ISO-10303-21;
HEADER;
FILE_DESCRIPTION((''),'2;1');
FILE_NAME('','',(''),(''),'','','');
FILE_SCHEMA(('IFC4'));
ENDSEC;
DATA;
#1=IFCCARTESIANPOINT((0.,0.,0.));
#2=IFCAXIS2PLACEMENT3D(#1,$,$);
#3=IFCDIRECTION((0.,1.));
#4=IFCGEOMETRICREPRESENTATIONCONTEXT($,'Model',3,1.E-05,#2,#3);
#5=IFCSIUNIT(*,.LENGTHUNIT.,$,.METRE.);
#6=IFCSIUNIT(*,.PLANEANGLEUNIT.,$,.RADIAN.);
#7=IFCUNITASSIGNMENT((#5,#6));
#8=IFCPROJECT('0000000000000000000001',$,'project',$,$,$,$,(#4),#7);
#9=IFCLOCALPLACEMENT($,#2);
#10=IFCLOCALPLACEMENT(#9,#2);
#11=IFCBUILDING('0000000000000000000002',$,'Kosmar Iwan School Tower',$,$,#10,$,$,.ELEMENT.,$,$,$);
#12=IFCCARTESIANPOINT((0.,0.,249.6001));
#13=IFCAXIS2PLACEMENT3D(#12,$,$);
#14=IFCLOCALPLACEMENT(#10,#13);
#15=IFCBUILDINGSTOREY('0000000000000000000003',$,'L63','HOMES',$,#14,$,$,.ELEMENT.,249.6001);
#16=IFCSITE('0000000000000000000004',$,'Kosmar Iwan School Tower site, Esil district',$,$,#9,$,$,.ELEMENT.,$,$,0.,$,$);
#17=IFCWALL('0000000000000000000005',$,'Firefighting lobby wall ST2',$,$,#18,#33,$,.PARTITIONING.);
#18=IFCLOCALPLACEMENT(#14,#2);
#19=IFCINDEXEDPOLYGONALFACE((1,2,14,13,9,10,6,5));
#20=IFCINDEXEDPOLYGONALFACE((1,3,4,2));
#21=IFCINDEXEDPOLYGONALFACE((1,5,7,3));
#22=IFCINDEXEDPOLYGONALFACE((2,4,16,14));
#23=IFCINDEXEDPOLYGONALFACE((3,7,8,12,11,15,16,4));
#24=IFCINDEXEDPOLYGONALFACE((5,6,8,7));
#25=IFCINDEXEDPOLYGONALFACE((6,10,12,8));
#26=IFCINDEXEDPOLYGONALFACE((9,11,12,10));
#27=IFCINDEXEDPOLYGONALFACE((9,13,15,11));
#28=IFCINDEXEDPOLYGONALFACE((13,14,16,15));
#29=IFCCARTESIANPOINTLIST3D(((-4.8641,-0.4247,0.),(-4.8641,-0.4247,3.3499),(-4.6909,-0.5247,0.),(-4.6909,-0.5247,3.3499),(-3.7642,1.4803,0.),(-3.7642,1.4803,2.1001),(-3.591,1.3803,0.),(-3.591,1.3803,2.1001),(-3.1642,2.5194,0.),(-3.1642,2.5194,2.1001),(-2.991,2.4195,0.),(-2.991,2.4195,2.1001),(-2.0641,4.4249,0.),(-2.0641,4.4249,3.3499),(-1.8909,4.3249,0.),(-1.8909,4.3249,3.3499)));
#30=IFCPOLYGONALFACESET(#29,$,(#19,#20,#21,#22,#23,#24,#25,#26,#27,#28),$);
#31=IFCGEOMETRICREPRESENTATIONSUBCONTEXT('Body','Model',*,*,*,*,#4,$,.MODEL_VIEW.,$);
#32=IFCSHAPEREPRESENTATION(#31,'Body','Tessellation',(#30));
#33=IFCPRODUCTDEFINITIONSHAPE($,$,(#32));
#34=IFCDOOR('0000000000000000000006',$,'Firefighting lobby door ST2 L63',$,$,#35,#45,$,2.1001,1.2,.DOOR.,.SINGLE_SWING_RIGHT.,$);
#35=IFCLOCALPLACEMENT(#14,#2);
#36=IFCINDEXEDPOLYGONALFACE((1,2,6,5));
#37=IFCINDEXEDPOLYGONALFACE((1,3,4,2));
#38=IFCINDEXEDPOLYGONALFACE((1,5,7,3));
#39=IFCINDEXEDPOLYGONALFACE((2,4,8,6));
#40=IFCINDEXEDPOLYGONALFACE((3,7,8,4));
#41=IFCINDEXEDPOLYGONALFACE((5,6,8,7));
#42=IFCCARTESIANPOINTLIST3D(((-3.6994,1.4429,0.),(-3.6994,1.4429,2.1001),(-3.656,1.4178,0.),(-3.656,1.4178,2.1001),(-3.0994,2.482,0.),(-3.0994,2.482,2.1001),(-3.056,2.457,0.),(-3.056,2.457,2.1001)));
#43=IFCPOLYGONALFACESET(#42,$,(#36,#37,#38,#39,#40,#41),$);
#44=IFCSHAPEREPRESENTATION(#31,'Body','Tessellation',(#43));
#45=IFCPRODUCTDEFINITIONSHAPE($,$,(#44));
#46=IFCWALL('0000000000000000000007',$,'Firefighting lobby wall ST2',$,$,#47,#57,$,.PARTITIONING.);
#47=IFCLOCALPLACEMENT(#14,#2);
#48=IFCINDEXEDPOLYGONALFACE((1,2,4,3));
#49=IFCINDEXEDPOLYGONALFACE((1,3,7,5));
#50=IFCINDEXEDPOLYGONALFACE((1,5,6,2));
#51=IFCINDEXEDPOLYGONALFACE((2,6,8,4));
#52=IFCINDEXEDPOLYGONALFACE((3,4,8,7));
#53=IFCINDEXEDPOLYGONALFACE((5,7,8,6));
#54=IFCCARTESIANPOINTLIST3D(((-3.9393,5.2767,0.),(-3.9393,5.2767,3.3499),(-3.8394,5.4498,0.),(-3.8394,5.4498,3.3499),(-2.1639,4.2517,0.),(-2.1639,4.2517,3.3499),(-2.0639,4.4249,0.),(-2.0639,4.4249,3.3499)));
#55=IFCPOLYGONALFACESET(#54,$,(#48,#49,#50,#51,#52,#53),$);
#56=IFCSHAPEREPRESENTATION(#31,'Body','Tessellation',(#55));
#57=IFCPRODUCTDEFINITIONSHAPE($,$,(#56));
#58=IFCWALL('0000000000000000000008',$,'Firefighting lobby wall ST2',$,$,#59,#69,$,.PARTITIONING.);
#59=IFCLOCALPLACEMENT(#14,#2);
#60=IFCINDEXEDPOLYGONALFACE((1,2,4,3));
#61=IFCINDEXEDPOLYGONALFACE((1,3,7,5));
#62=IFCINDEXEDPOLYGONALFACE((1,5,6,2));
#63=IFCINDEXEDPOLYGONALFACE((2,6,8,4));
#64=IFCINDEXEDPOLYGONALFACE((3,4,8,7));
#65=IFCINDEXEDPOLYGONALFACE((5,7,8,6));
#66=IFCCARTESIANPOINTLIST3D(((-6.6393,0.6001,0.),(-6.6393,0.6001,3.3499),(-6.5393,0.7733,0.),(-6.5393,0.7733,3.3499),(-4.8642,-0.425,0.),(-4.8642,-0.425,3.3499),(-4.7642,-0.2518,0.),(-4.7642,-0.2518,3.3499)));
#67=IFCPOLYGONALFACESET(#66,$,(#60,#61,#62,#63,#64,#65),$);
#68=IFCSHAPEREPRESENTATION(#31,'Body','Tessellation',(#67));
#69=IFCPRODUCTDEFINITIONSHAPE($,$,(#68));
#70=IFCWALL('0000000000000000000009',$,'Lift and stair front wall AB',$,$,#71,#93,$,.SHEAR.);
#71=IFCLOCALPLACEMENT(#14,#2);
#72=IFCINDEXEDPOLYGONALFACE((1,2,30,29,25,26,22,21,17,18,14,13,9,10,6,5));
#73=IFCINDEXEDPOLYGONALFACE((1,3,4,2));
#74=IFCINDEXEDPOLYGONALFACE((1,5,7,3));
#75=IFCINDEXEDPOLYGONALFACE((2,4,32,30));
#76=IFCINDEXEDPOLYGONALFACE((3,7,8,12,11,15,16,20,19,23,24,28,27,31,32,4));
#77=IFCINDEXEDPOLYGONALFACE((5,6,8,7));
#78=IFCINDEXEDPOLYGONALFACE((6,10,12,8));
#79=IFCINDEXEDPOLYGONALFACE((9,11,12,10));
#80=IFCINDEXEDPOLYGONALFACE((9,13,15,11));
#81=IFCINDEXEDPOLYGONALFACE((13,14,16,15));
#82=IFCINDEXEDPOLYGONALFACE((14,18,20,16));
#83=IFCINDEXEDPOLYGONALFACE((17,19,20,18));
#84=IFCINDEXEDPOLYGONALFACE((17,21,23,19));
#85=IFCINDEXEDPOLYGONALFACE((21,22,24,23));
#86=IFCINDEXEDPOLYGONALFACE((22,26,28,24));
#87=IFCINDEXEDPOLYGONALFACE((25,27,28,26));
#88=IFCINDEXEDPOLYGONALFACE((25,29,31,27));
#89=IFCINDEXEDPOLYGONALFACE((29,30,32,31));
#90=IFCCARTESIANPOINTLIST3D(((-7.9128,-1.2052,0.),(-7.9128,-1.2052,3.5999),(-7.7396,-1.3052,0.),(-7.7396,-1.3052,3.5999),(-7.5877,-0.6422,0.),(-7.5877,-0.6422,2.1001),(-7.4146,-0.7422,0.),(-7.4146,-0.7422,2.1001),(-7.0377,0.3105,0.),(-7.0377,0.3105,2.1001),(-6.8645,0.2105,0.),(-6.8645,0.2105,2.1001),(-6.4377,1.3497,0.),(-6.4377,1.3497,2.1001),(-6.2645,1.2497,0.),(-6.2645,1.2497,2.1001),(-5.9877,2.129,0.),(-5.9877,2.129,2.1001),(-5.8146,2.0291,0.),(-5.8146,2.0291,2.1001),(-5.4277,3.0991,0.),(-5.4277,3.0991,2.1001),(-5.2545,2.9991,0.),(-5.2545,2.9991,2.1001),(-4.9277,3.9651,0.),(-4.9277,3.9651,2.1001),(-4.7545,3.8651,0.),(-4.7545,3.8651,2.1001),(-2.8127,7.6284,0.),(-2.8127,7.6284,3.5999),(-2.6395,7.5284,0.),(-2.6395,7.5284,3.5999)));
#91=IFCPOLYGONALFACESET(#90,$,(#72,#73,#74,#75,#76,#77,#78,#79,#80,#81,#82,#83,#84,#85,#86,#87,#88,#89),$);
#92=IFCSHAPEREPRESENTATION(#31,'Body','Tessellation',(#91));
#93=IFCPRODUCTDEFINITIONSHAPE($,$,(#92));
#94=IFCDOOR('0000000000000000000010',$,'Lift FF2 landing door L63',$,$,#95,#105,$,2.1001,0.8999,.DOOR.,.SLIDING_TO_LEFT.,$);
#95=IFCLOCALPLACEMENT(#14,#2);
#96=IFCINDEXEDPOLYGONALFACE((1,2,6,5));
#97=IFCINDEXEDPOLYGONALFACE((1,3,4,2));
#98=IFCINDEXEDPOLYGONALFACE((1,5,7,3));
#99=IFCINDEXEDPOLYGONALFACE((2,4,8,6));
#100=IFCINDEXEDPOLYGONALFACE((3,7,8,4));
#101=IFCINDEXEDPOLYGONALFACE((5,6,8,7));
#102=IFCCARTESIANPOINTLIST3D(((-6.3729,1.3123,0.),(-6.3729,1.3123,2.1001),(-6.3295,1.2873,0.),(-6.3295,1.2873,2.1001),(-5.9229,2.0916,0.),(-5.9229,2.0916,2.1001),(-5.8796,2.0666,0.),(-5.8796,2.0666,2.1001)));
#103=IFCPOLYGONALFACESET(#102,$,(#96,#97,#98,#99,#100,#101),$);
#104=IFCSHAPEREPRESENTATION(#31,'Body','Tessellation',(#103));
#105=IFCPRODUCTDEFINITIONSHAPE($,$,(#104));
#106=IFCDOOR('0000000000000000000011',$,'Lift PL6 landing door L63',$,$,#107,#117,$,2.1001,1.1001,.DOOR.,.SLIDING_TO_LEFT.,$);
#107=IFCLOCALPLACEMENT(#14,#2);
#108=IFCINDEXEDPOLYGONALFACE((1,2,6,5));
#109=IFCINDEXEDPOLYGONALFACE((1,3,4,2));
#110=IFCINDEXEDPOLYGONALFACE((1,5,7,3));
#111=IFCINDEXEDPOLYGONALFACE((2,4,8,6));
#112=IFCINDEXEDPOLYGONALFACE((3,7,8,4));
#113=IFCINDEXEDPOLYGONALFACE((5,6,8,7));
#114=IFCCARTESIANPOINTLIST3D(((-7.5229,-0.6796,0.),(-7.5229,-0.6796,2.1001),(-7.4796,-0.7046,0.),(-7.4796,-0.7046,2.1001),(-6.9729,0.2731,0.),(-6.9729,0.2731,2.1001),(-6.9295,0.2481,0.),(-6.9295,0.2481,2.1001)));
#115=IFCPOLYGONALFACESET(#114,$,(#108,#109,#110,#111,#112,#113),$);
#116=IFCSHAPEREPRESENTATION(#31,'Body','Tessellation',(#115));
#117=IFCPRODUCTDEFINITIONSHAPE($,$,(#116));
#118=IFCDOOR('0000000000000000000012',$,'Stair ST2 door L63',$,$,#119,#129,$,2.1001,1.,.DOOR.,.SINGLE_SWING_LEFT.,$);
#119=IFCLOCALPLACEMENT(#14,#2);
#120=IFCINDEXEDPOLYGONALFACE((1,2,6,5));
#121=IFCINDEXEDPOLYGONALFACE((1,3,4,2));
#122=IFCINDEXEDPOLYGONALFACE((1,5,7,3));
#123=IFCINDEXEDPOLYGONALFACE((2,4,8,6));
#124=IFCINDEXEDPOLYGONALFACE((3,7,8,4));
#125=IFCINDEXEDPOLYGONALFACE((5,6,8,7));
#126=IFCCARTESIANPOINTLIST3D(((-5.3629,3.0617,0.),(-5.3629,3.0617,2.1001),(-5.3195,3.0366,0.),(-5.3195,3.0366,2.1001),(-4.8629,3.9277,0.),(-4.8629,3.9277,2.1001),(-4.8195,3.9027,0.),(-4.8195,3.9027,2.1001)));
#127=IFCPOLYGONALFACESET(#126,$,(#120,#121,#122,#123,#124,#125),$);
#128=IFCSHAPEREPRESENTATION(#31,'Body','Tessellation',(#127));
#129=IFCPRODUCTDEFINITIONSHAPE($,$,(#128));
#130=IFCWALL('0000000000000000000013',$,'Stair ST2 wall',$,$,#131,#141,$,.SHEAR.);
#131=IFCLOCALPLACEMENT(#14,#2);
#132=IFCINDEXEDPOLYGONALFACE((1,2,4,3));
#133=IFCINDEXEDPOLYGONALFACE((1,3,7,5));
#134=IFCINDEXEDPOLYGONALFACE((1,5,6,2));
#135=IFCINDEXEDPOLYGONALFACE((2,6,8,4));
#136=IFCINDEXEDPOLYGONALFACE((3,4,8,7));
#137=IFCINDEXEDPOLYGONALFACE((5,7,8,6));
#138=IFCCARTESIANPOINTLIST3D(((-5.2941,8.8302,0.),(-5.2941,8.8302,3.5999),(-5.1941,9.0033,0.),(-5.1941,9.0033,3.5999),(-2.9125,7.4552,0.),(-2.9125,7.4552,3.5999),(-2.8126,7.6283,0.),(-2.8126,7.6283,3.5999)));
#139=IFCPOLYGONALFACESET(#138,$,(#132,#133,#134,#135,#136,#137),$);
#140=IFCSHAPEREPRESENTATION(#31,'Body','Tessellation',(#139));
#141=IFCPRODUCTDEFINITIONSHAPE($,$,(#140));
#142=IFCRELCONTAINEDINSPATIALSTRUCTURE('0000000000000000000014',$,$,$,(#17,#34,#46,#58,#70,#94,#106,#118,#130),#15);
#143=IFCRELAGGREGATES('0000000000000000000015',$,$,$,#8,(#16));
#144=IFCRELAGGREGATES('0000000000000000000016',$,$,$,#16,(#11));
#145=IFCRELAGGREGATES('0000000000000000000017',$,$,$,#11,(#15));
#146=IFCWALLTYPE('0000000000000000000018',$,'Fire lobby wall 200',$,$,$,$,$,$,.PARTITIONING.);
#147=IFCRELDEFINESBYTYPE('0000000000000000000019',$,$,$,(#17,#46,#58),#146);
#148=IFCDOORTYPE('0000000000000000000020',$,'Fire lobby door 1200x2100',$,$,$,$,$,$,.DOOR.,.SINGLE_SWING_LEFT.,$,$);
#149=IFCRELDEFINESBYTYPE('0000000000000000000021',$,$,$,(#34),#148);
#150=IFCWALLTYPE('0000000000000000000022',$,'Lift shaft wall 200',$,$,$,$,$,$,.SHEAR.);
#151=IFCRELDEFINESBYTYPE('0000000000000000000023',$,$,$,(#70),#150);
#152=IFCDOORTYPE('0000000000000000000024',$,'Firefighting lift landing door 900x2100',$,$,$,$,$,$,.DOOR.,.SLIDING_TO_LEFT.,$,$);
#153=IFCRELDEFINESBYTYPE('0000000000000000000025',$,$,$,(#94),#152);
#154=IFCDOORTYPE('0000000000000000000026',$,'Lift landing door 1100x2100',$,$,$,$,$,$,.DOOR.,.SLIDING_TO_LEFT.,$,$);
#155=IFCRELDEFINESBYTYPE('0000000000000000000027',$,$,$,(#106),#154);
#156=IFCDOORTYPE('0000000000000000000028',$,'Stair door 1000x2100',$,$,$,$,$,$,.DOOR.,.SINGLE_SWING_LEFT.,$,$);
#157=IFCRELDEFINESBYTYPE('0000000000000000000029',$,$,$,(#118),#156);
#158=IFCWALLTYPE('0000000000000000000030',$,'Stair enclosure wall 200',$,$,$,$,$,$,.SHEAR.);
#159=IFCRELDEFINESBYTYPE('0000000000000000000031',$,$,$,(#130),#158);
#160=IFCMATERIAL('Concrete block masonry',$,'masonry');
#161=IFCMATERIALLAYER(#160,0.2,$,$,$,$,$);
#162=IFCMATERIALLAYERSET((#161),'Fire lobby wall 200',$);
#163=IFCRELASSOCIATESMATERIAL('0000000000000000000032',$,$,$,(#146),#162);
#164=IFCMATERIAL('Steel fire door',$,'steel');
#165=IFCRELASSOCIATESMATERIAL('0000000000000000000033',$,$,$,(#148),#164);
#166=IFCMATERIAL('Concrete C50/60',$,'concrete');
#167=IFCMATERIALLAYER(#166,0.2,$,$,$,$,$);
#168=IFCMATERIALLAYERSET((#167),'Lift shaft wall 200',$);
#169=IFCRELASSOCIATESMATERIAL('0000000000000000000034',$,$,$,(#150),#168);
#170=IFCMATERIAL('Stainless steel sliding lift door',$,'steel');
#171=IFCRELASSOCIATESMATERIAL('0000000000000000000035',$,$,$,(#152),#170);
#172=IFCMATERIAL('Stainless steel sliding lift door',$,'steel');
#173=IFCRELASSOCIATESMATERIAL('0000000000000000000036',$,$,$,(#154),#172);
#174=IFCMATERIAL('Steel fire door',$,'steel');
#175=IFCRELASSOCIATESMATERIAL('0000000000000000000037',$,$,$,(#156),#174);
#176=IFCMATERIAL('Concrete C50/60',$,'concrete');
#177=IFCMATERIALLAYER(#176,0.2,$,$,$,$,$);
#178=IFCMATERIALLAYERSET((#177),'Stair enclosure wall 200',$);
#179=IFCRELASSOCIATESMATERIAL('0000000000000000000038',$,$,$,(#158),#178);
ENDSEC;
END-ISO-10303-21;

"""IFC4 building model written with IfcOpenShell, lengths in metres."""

from ifc_helpers import new_model, si_unit, direction, frame, frame_2d, origin, place, context, subcontext, project, spatial, rectangle, extrude, material, layer, layer_set, type_object, element, fill, save


model = new_model("IFC4")

# Units and contexts
model_context = context("Model", 3, precision=1e-05, world=origin(), true_north=direction((0.0, 1.0)))
body_context = subcontext(model_context, "Body", "Model", "MODEL_VIEW")
ifc_project = project(units=[si_unit("LENGTHUNIT", "METRE"), si_unit("PLANEANGLEUNIT", "RADIAN")], contexts=[model_context])

# Site, building, storey
site_placement = place(None, origin())
site = spatial("IfcSite", under=ifc_project, at=site_placement, Name="Kosmar Iwan School Tower site, Esil district", CompositionType="ELEMENT", RefElevation=0.0)
building_placement = place(site_placement, origin())
building = spatial("IfcBuilding", under=site, at=building_placement, Name="Kosmar Iwan School Tower", CompositionType="ELEMENT")
storey_placement = place(building_placement, frame((0.0, 0.0, 249.6001)))
storey = spatial("IfcBuildingStorey", under=building, at=storey_placement, Name="L63", Description="HOMES", CompositionType="ELEMENT", Elevation=249.6001)

# Wall, opening, door
ifc_material_1 = material(Name="Concrete block masonry", Category="masonry")
ifc_layer_1 = layer(ifc_material_1, 0.2)
ifc_layer_set_1 = layer_set([ifc_layer_1], Name="Fire lobby wall 200")
wall_type_1 = type_object("IfcWallType", Name="Fire lobby wall 200", PredefinedType="PARTITIONING", material=ifc_layer_set_1)
wall_1_placement = place(storey_placement, frame((-1.9775, 4.3748, 0.0), z_axis=(0.0, 0.0, 1.0), x_axis=(-0.500017, -0.866016, 0.0)))
wall_1 = element("IfcWall", 1, at=wall_1_placement, inside=storey, type_object=wall_type_1, Name="Firefighting lobby wall ST2", PredefinedType="PARTITIONING", context=body_context, shape_type="SweptSolid", body=[
    extrude(rectangle(XDim=5.5999, YDim=0.2, at=frame_2d((2.7998, 0.0))), origin(), (0.0, 0.0, 1.0), 3.3499),
])
opening_1_placement = place(wall_1_placement, frame((2.2, 0.0, 0.0)))
opening_1 = element("IfcOpeningElement", 2, at=opening_1_placement, cuts=wall_1, PredefinedType="OPENING", context=body_context, shape_type="SweptSolid", body=[
    extrude(rectangle(XDim=1.2, YDim=2.1001, at=frame_2d((0.6001, 1.05))), frame((0.0, 0.1121, 0.0), z_axis=(0.0, -1.0, 0.0), x_axis=(1.0, 0.0, 0.0)), (0.0, 0.0, 1.0), 0.2239),
])
ifc_material_2 = material(Name="Steel fire door", Category="steel")
door_type_1 = type_object("IfcDoorType", Name="Fire lobby door 1200x2100", OperationType="SINGLE_SWING_LEFT", PredefinedType="DOOR", material=ifc_material_2)
door_1_placement = place(opening_1_placement, origin())
door_1 = element("IfcDoor", 3, at=door_1_placement, inside=storey, type_object=door_type_1, Name="Firefighting lobby door ST2 L63", OperationType="SINGLE_SWING_RIGHT", OverallHeight=2.1001, OverallWidth=1.2, PredefinedType="DOOR", context=body_context, shape_type="SweptSolid", body=[
    extrude(rectangle(XDim=1.2, YDim=2.1001, at=frame_2d((0.6001, 1.05))), frame((0.0, 0.0249, 0.0), z_axis=(0.0, -1.0, 0.0), x_axis=(1.0, 0.0, 0.0)), (0.0, 0.0, 1.0), 0.05),
])
fill(opening_1, door_1)

# Walls
wall_2_placement = place(storey_placement, frame((-2.114, 4.3384, 0.0), z_axis=(0.0, 0.0, 1.0), x_axis=(-0.866051, 0.499956, 0.0)))
element("IfcWall", 4, at=wall_2_placement, inside=storey, type_object=wall_type_1, Name="Firefighting lobby wall ST2", PredefinedType="PARTITIONING", context=body_context, shape_type="SweptSolid", body=[
    extrude(rectangle(XDim=2.05, YDim=0.2, at=frame_2d((1.0249, 0.0))), origin(), (0.0, 0.0, 1.0), 3.3499),
])
wall_3_placement = place(storey_placement, frame((-4.8142, -0.3384, 0.0), z_axis=(0.0, 0.0, 1.0), x_axis=(-0.865969, 0.500097, 0.0)))
element("IfcWall", 5, at=wall_3_placement, inside=storey, type_object=wall_type_1, Name="Firefighting lobby wall ST2", PredefinedType="PARTITIONING", context=body_context, shape_type="SweptSolid", body=[
    extrude(rectangle(XDim=2.0498, YDim=0.2, at=frame_2d((1.0249, 0.0))), origin(), (0.0, 0.0, 1.0), 3.3499),
])

# Wall, openings, doors
ifc_material_3 = material(Name="Concrete C50/60", Category="concrete")
ifc_layer_2 = layer(ifc_material_3, 0.2)
ifc_layer_set_2 = layer_set([ifc_layer_2], Name="Lift shaft wall 200")
wall_type_2 = type_object("IfcWallType", Name="Lift shaft wall 200", PredefinedType="SHEAR", material=ifc_layer_set_2)
wall_4_placement = place(storey_placement, frame((-2.7261, 7.5784, 0.0), z_axis=(0.0, 0.0, 1.0), x_axis=(-0.500006, -0.866022, 0.0)))
wall_4 = element("IfcWall", 6, at=wall_4_placement, inside=storey, type_object=wall_type_2, Name="Lift and stair front wall AB", PredefinedType="SHEAR", context=body_context, shape_type="SweptSolid", body=[
    extrude(rectangle(XDim=10.2002, YDim=0.2, at=frame_2d((5.1001, 0.0))), origin(), (0.0, 0.0, 1.0), 3.5999),
])
opening_2_placement = place(wall_4_placement, frame((6.3501, 0.0, 0.0)))
opening_2 = element("IfcOpeningElement", 7, at=opening_2_placement, cuts=wall_4, PredefinedType="OPENING", context=body_context, shape_type="SweptSolid", body=[
    extrude(rectangle(XDim=0.8999, YDim=2.1001, at=frame_2d((0.45, 1.05))), frame((0.0, 0.1121, 0.0), z_axis=(0.0, -1.0, 0.0), x_axis=(1.0, 0.0, 0.0)), (0.0, 0.0, 1.0), 0.2239),
])
opening_3_placement = place(wall_4_placement, frame((8.45, 0.0, 0.0)))
opening_3 = element("IfcOpeningElement", 8, at=opening_3_placement, cuts=wall_4, PredefinedType="OPENING", context=body_context, shape_type="SweptSolid", body=[
    extrude(rectangle(XDim=1.1001, YDim=2.1001, at=frame_2d((0.55, 1.05))), frame((0.0, 0.1121, 0.0), z_axis=(0.0, -1.0, 0.0), x_axis=(1.0, 0.0, 0.0)), (0.0, 0.0, 1.0), 0.2239),
])
opening_4_placement = place(wall_4_placement, frame((4.23, 0.0, 0.0)))
opening_4 = element("IfcOpeningElement", 9, at=opening_4_placement, cuts=wall_4, PredefinedType="OPENING", context=body_context, shape_type="SweptSolid", body=[
    extrude(rectangle(XDim=1.0, YDim=2.1001, at=frame_2d((0.5, 1.05))), frame((0.0, 0.1121, 0.0), z_axis=(0.0, -1.0, 0.0), x_axis=(1.0, 0.0, 0.0)), (0.0, 0.0, 1.0), 0.2239),
])
ifc_material_4 = material(Name="Stainless steel sliding lift door", Category="steel")
door_type_2 = type_object("IfcDoorType", Name="Firefighting lift landing door 900x2100", OperationType="SLIDING_TO_LEFT", PredefinedType="DOOR", material=ifc_material_4)
door_2_placement = place(opening_2_placement, origin())
door_2 = element("IfcDoor", 10, at=door_2_placement, inside=storey, type_object=door_type_2, Name="Lift FF2 landing door L63", OperationType="SLIDING_TO_LEFT", OverallHeight=2.1001, OverallWidth=0.8999, PredefinedType="DOOR", context=body_context, shape_type="SweptSolid", body=[
    extrude(rectangle(XDim=0.8999, YDim=2.1001, at=frame_2d((0.45, 1.05))), frame((0.0, 0.0249, 0.0), z_axis=(0.0, -1.0, 0.0), x_axis=(1.0, 0.0, 0.0)), (0.0, 0.0, 1.0), 0.05),
])
fill(opening_2, door_2)
ifc_material_5 = material(Name="Stainless steel sliding lift door", Category="steel")
door_type_3 = type_object("IfcDoorType", Name="Lift landing door 1100x2100", OperationType="SLIDING_TO_LEFT", PredefinedType="DOOR", material=ifc_material_5)
door_3_placement = place(opening_3_placement, origin())
door_3 = element("IfcDoor", 11, at=door_3_placement, inside=storey, type_object=door_type_3, Name="Lift PL6 landing door L63", OperationType="SLIDING_TO_LEFT", OverallHeight=2.1001, OverallWidth=1.1001, PredefinedType="DOOR", context=body_context, shape_type="SweptSolid", body=[
    extrude(rectangle(XDim=1.1001, YDim=2.1001, at=frame_2d((0.55, 1.05))), frame((0.0, 0.0249, 0.0), z_axis=(0.0, -1.0, 0.0), x_axis=(1.0, 0.0, 0.0)), (0.0, 0.0, 1.0), 0.05),
])
fill(opening_3, door_3)
ifc_material_6 = material(Name="Steel fire door", Category="steel")
door_type_4 = type_object("IfcDoorType", Name="Stair door 1000x2100", OperationType="SINGLE_SWING_LEFT", PredefinedType="DOOR", material=ifc_material_6)
door_4_placement = place(opening_4_placement, origin())
door_4 = element("IfcDoor", 12, at=door_4_placement, inside=storey, type_object=door_type_4, Name="Stair ST2 door L63", OperationType="SINGLE_SWING_LEFT", OverallHeight=2.1001, OverallWidth=1.0, PredefinedType="DOOR", context=body_context, shape_type="SweptSolid", body=[
    extrude(rectangle(XDim=1.0, YDim=2.1001, at=frame_2d((0.5, 1.05))), frame((0.0, 0.0249, 0.0), z_axis=(0.0, -1.0, 0.0), x_axis=(1.0, 0.0, 0.0)), (0.0, 0.0, 1.0), 0.05),
])
fill(opening_4, door_4)

# Wall
ifc_material_7 = material(Name="Concrete C50/60", Category="concrete")
ifc_layer_3 = layer(ifc_material_7, 0.2)
ifc_layer_set_3 = layer_set([ifc_layer_3], Name="Stair enclosure wall 200")
wall_type_3 = type_object("IfcWallType", Name="Stair enclosure wall 200", PredefinedType="SHEAR", material=ifc_layer_set_3)
wall_5_placement = place(storey_placement, frame((-2.8625, 7.5417, 0.0), z_axis=(0.0, 0.0, 1.0), x_axis=(-0.866027, 0.499997, 0.0)))
element("IfcWall", 13, at=wall_5_placement, inside=storey, type_object=wall_type_3, Name="Stair ST2 wall", PredefinedType="SHEAR", context=body_context, shape_type="SweptSolid", body=[
    extrude(rectangle(XDim=2.75, YDim=0.2, at=frame_2d((1.375, 0.0))), origin(), (0.0, 0.0, 1.0), 3.5999),
])

save(model, "model.ifc")
